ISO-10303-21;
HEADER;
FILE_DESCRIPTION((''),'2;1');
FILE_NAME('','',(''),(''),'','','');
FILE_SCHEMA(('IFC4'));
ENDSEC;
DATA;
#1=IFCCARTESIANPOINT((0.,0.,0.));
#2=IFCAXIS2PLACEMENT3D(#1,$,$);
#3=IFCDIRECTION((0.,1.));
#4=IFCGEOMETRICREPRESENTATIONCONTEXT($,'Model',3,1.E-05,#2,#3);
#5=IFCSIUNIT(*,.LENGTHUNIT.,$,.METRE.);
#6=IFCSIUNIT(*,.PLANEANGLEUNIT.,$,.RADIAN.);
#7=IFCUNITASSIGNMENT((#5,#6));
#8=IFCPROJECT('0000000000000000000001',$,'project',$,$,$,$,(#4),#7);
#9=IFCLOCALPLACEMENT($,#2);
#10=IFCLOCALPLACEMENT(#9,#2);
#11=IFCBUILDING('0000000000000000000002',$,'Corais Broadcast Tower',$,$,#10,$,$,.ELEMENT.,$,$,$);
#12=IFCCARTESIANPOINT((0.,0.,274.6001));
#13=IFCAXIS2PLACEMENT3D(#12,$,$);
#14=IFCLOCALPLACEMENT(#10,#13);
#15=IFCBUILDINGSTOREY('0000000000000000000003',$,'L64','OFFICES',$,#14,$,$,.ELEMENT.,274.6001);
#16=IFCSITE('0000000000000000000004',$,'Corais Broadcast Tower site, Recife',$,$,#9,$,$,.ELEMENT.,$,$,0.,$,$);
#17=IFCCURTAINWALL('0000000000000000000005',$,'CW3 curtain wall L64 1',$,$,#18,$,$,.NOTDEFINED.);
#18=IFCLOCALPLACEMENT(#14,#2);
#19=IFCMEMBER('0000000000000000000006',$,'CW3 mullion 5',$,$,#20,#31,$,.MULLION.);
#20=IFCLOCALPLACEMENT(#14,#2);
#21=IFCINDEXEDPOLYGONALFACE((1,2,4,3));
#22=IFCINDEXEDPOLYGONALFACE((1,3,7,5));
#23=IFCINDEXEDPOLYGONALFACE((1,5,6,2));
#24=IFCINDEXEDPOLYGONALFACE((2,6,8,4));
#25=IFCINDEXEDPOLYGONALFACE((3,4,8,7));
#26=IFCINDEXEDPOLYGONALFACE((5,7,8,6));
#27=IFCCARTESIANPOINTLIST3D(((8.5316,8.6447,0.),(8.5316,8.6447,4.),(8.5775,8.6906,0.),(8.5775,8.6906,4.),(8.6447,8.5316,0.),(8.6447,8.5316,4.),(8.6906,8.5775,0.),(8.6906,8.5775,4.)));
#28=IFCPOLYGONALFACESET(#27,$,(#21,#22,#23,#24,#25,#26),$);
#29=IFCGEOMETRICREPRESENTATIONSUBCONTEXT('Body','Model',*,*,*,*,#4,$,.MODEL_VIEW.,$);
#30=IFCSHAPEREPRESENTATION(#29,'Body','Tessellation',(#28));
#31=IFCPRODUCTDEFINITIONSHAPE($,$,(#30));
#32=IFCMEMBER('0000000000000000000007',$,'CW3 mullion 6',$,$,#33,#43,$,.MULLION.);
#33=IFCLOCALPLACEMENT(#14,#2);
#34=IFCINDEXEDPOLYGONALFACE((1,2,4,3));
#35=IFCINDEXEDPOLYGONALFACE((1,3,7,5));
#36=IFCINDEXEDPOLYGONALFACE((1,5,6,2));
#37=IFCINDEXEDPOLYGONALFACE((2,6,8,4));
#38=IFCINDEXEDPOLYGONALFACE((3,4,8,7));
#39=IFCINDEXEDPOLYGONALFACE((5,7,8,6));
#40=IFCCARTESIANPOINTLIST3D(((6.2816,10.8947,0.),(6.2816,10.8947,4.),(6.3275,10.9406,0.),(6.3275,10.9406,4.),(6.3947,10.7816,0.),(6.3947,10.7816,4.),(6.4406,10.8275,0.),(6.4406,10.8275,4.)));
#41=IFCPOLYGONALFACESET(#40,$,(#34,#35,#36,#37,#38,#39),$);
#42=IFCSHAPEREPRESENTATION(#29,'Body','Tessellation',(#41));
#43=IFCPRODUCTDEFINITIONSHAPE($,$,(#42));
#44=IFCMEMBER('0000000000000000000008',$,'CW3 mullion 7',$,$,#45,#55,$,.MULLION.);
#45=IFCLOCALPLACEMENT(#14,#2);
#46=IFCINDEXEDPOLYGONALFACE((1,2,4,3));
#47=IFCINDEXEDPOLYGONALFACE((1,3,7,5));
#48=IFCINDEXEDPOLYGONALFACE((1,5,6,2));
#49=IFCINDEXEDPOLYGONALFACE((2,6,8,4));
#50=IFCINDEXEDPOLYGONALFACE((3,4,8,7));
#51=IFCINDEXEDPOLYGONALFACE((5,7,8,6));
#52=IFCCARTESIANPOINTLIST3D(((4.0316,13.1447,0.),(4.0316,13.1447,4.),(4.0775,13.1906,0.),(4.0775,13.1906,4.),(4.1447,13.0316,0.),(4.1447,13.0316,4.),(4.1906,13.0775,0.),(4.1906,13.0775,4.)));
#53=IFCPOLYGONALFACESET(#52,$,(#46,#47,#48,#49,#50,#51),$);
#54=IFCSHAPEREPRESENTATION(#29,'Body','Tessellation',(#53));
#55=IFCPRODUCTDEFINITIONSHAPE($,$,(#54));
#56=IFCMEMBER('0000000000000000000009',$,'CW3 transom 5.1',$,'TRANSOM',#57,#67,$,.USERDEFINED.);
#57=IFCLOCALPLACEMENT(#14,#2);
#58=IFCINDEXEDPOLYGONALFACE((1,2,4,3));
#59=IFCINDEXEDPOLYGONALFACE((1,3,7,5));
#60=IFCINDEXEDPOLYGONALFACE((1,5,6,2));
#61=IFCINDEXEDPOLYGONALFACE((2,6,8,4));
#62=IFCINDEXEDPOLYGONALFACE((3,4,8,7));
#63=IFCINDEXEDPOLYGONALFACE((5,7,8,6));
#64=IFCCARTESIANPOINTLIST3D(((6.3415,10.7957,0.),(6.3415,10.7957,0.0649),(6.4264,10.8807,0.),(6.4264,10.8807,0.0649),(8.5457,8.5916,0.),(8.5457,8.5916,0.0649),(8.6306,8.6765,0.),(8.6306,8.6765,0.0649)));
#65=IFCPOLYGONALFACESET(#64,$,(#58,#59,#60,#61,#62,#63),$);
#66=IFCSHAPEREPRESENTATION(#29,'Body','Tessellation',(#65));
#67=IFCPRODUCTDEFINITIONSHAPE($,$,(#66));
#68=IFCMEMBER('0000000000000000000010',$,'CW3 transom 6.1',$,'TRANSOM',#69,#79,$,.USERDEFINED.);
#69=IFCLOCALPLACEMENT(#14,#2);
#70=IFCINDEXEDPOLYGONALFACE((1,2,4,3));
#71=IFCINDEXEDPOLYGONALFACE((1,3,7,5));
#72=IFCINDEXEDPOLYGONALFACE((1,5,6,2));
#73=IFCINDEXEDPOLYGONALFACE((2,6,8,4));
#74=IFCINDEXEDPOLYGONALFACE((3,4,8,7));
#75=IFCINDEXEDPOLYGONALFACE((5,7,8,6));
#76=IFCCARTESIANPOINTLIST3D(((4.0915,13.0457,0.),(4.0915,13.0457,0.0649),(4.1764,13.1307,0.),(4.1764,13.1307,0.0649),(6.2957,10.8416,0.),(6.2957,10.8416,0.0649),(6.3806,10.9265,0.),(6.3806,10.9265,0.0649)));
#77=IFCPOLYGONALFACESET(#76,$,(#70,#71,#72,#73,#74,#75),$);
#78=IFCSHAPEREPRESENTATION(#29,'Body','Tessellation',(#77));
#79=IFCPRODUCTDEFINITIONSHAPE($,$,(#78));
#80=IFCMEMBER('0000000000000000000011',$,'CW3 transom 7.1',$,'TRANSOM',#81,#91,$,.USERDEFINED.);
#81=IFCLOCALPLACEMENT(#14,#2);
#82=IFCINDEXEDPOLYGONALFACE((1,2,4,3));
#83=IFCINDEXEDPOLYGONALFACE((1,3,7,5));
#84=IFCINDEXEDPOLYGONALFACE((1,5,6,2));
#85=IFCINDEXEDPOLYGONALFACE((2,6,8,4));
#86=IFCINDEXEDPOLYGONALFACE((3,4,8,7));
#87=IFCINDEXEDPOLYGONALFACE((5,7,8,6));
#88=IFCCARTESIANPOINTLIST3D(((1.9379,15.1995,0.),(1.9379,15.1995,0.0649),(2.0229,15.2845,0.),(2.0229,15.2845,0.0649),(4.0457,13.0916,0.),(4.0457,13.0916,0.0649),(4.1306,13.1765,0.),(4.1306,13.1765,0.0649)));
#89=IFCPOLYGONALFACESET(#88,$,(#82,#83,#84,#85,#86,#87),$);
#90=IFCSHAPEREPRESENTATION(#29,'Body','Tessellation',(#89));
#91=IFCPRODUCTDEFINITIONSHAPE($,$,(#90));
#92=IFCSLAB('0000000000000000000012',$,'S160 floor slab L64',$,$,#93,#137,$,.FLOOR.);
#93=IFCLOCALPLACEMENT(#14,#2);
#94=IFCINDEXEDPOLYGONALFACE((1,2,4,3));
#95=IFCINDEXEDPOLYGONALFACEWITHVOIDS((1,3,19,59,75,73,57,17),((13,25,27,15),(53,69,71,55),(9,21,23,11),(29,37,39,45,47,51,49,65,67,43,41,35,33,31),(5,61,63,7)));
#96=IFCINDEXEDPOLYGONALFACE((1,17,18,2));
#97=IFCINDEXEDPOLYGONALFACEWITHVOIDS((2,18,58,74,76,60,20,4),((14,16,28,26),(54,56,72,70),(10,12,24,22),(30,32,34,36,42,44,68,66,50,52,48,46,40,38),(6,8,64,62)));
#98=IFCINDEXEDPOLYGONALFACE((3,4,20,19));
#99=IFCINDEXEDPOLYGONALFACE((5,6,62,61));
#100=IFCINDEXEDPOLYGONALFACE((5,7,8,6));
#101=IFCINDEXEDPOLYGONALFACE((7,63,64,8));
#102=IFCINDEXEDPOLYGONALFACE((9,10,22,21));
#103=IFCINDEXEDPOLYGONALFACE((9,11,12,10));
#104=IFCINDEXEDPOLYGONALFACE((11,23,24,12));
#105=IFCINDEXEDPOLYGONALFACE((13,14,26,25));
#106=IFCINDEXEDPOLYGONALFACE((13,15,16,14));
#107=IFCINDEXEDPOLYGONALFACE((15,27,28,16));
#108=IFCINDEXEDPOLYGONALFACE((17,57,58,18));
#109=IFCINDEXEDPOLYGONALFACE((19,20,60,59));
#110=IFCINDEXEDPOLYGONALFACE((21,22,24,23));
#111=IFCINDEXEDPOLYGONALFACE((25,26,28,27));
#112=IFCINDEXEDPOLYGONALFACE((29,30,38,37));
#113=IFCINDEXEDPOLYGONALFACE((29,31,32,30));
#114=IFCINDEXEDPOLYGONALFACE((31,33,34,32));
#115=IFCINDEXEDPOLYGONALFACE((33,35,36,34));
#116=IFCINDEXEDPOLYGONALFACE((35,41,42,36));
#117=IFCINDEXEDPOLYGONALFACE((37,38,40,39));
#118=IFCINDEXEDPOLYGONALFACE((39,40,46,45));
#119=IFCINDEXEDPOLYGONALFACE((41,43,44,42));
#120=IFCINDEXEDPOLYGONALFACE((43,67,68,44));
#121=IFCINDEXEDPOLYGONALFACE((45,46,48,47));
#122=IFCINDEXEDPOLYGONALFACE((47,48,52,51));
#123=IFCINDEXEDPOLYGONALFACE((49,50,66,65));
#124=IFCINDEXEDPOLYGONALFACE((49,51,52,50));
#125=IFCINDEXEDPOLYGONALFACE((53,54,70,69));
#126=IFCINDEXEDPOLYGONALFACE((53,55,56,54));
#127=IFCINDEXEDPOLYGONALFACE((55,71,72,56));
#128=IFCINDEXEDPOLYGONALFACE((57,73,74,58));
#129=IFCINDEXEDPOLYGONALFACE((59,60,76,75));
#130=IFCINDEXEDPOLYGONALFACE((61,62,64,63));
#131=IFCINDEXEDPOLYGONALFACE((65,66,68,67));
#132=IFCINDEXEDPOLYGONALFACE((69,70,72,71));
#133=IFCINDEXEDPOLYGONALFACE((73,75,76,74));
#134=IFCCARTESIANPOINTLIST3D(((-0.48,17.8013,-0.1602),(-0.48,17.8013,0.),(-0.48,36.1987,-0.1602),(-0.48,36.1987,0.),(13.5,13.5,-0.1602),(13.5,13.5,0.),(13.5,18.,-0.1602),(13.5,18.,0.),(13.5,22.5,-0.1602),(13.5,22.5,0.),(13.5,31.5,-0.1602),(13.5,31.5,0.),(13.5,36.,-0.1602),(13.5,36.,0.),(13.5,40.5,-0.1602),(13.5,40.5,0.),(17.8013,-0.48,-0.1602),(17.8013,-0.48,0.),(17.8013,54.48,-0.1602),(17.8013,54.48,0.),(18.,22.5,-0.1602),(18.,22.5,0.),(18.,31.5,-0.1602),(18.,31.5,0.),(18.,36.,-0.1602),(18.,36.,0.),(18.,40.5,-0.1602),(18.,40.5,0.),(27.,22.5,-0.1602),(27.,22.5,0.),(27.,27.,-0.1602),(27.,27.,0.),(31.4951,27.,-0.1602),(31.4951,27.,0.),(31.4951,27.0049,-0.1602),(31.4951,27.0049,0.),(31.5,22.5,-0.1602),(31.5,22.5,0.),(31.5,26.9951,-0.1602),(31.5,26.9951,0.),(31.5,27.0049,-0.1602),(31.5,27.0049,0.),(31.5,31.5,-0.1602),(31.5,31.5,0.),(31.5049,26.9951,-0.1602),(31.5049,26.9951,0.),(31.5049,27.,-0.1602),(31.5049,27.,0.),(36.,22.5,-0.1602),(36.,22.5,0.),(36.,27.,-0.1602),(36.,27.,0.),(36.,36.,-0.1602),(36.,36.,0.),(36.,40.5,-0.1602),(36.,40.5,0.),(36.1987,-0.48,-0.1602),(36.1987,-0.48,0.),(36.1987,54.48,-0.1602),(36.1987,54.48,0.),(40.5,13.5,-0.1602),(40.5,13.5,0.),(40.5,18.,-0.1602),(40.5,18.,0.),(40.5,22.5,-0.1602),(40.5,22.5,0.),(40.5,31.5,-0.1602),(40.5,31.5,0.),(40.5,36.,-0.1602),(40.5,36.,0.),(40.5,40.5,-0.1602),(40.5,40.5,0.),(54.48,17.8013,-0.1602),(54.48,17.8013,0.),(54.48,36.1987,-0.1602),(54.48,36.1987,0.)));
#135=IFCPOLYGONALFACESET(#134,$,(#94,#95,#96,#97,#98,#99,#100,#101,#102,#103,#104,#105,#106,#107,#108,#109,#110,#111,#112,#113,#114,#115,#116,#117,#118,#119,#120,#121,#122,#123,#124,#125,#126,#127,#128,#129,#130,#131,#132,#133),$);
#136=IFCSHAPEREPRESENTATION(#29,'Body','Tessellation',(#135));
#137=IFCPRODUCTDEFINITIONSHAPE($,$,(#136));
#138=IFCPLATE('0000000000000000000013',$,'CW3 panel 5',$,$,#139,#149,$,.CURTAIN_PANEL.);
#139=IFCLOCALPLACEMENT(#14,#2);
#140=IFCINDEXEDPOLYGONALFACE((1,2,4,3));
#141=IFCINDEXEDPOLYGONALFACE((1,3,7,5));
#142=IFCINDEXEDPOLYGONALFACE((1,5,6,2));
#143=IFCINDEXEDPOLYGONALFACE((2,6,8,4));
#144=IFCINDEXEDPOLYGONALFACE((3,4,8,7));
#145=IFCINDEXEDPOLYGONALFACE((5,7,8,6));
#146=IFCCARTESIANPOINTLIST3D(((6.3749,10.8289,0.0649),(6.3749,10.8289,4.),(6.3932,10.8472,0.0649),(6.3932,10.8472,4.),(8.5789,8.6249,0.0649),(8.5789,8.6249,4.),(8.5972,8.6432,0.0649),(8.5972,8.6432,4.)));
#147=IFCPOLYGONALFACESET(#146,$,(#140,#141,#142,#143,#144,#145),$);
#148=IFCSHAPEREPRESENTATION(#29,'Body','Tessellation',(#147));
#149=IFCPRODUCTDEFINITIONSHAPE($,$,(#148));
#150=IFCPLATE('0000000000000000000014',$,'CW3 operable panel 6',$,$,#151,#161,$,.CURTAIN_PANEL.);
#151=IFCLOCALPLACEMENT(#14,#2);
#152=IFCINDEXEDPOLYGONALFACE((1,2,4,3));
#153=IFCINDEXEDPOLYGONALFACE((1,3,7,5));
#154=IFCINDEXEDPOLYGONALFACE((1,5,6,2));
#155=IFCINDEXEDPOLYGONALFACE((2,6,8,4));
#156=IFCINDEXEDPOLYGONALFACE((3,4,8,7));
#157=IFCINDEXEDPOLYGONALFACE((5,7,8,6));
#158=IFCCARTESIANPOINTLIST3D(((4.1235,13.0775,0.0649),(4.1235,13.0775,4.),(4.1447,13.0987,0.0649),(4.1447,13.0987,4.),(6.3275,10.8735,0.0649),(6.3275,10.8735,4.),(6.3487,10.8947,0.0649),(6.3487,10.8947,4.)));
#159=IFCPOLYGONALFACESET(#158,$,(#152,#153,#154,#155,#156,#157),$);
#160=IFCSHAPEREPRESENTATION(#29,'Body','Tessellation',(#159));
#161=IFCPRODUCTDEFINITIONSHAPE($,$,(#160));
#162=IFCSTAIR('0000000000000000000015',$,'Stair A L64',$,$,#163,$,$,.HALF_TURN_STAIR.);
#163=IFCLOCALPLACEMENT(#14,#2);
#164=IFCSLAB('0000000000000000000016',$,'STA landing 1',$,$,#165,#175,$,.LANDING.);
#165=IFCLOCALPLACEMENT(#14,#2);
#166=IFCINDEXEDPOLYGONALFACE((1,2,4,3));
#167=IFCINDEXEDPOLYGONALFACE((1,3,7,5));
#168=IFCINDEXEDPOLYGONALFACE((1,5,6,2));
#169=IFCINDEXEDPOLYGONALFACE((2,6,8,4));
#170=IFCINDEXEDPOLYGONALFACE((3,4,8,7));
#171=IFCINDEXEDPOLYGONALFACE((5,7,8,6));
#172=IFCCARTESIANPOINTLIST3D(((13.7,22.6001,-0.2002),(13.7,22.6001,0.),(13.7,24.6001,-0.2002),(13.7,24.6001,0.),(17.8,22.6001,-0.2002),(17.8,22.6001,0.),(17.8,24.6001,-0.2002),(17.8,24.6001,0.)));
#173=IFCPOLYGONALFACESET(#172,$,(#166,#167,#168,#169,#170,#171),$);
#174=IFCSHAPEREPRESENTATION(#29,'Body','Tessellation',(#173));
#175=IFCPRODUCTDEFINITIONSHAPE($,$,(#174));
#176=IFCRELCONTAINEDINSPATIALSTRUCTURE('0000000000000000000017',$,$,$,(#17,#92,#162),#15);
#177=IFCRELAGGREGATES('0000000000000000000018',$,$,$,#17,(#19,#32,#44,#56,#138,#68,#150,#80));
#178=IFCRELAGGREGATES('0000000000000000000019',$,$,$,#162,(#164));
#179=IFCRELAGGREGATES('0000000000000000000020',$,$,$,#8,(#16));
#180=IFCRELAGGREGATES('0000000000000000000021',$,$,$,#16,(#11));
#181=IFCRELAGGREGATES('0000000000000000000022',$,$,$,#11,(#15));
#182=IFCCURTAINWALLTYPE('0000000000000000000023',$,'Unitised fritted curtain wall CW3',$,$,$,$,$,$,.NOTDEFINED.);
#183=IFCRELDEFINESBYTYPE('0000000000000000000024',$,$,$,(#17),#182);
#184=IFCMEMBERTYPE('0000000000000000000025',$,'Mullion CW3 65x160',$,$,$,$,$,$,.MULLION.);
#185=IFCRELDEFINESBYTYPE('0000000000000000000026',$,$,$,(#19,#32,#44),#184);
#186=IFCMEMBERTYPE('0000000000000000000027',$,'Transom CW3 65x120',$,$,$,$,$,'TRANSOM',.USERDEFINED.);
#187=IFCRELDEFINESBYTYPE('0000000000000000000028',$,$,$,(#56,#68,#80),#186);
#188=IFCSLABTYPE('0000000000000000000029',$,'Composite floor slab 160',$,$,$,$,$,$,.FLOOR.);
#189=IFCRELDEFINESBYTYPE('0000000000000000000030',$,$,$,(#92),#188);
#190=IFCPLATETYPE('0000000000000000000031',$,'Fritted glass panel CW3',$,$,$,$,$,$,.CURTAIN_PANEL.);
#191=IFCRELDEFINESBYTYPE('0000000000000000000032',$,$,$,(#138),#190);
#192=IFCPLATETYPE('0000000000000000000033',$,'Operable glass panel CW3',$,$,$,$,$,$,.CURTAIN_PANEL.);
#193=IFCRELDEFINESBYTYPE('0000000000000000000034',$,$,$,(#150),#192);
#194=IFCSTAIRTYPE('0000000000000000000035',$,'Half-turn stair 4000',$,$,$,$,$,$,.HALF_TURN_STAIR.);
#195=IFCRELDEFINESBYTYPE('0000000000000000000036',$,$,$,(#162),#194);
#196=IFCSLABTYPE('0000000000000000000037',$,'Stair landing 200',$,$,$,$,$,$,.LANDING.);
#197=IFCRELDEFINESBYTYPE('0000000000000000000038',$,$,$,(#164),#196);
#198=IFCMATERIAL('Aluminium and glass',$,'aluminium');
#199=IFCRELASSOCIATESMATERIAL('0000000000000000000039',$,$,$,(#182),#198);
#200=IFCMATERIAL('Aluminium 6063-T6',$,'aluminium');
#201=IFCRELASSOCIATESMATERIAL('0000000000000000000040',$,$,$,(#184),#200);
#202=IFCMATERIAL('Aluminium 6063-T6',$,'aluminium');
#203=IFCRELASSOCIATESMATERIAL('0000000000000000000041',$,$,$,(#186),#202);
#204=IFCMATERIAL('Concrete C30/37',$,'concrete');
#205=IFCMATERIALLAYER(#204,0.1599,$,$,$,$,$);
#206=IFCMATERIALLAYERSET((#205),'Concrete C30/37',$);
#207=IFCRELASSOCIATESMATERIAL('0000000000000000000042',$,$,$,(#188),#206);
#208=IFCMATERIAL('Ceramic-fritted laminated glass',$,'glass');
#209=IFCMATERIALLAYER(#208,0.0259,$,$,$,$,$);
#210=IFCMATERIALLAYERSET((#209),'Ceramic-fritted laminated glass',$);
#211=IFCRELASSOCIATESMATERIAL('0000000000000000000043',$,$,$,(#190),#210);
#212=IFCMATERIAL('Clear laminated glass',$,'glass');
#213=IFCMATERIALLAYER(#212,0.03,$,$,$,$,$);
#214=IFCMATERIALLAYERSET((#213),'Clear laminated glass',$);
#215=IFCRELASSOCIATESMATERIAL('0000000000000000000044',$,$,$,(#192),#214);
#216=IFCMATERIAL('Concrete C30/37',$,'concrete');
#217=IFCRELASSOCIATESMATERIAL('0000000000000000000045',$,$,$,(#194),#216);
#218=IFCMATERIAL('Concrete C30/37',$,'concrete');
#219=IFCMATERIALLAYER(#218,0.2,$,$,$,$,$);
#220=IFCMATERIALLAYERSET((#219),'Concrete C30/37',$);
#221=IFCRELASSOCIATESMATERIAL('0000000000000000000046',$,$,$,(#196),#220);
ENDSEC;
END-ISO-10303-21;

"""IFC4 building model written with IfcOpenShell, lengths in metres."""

from ifc_helpers import new_model, si_unit, direction, frame, origin, origin_2d, place, context, subcontext, project, spatial, polyline, rectangle, outline, extrude, material, layer, layer_set, material_profile, profile_set, type_object, element, aggregate, save


model = new_model("IFC4")

# Units and contexts
model_context = context("Model", 3, precision=1e-05, world=origin(), true_north=direction((0.0, 1.0)))
body_context = subcontext(model_context, "Body", "Model", "MODEL_VIEW")
ifc_project = project(units=[si_unit("LENGTHUNIT", "METRE"), si_unit("PLANEANGLEUNIT", "RADIAN")], contexts=[model_context])

# Site, building, storey
site_placement = place(None, origin())
site = spatial("IfcSite", under=ifc_project, at=site_placement, Name="Corais Broadcast Tower site, Recife", CompositionType="ELEMENT", RefElevation=0.0)
building_placement = place(site_placement, origin())
building = spatial("IfcBuilding", under=site, at=building_placement, Name="Corais Broadcast Tower", CompositionType="ELEMENT")
storey_placement = place(building_placement, frame((0.0, 0.0, 274.6001)))
storey = spatial("IfcBuildingStorey", under=building, at=storey_placement, Name="L64", Description="OFFICES", CompositionType="ELEMENT", Elevation=274.6001)

# Curtain wall, members
ifc_material_1 = material(Name="Aluminium and glass", Category="aluminium")
curtain_wall_type = type_object("IfcCurtainWallType", Name="Unitised fritted curtain wall CW3", PredefinedType="NOTDEFINED", material=ifc_material_1)
curtain_wall_placement = place(storey_placement, origin())
curtain_wall = element("IfcCurtainWall", 1, at=curtain_wall_placement, inside=storey, type_object=curtain_wall_type, Name="CW3 curtain wall L64 1", PredefinedType="NOTDEFINED")
ifc_material_2 = material(Name="Aluminium 6063-T6", Category="aluminium")
ifc_material_profile_1 = material_profile(ifc_material_2, rectangle(XDim=0.0649, YDim=0.1599, at=origin_2d()), Name="Mullion CW3 65x160")
ifc_profile_set_1 = profile_set([ifc_material_profile_1], Name="Aluminium 6063-T6")
member_type_1 = type_object("IfcMemberType", Name="Mullion CW3 65x160", PredefinedType="MULLION", material=ifc_profile_set_1)
member_1_placement = place(storey_placement, frame((8.6111, 8.6111, 0.0), z_axis=(0.0, 0.0, 1.0), x_axis=(-0.707107, -0.707107, 0.0)))
member_1 = element("IfcMember", 2, at=member_1_placement, type_object=member_type_1, Name="CW3 mullion 5", PredefinedType="MULLION", context=body_context, shape_type="SweptSolid", body=[
    extrude(rectangle(XDim=0.0649, YDim=0.1599, at=origin_2d()), origin(), (0.0, 0.0, 1.0), 4.0),
])
member_2_placement = place(storey_placement, frame((6.3611, 10.8611, 0.0), z_axis=(0.0, 0.0, 1.0), x_axis=(-0.707107, -0.707107, 0.0)))
member_2 = element("IfcMember", 3, at=member_2_placement, type_object=member_type_1, Name="CW3 mullion 6", PredefinedType="MULLION", context=body_context, shape_type="SweptSolid", body=[
    extrude(rectangle(XDim=0.0649, YDim=0.1599, at=origin_2d()), origin(), (0.0, 0.0, 1.0), 4.0),
])
member_3_placement = place(storey_placement, frame((4.1111, 13.1111, 0.0), z_axis=(0.0, 0.0, 1.0), x_axis=(-0.707107, -0.707107, 0.0)))
member_3 = element("IfcMember", 4, at=member_3_placement, type_object=member_type_1, Name="CW3 mullion 7", PredefinedType="MULLION", context=body_context, shape_type="SweptSolid", body=[
    extrude(rectangle(XDim=0.0649, YDim=0.1599, at=origin_2d()), origin(), (0.0, 0.0, 1.0), 4.0),
])
ifc_material_3 = material(Name="Aluminium 6063-T6", Category="aluminium")
ifc_material_profile_2 = material_profile(ifc_material_3, rectangle(XDim=0.1201, YDim=0.0649, at=origin_2d()), Name="Transom CW3 65x120")
ifc_profile_set_2 = profile_set([ifc_material_profile_2], Name="Aluminium 6063-T6")
member_type_2 = type_object("IfcMemberType", Name="Transom CW3 65x120", ElementType="TRANSOM", PredefinedType="USERDEFINED", material=ifc_profile_set_2)
member_4_placement = place(storey_placement, frame((8.5881, 8.634, 0.0325), z_axis=(-0.707107, 0.707107, 0.0), x_axis=(-0.707107, -0.707107, 0.0)))
member_4 = element("IfcMember", 5, at=member_4_placement, type_object=member_type_2, Name="CW3 transom 5.1", ObjectType="TRANSOM", PredefinedType="USERDEFINED", context=body_context, shape_type="SweptSolid", body=[
    extrude(rectangle(XDim=0.1201, YDim=0.0649, at=origin_2d()), origin(), (0.0, 0.0, 1.0), 3.1172),
])
member_5_placement = place(storey_placement, frame((6.3381, 10.884, 0.0325), z_axis=(-0.707107, 0.707107, 0.0), x_axis=(-0.707107, -0.707107, 0.0)))
member_5 = element("IfcMember", 6, at=member_5_placement, type_object=member_type_2, Name="CW3 transom 6.1", ObjectType="TRANSOM", PredefinedType="USERDEFINED", context=body_context, shape_type="SweptSolid", body=[
    extrude(rectangle(XDim=0.1201, YDim=0.0649, at=origin_2d()), origin(), (0.0, 0.0, 1.0), 3.1172),
])
member_6_placement = place(storey_placement, frame((4.0881, 13.134, 0.0325), z_axis=(-0.707066, 0.707148, 0.0), x_axis=(-0.707148, -0.707066, 0.0)))
member_6 = element("IfcMember", 7, at=member_6_placement, type_object=member_type_2, Name="CW3 transom 7.1", ObjectType="TRANSOM", PredefinedType="USERDEFINED", context=body_context, shape_type="SweptSolid", body=[
    extrude(rectangle(XDim=0.1201, YDim=0.0649, at=origin_2d()), origin(), (0.0, 0.0, 1.0), 2.981),
])

# Slab
ifc_material_4 = material(Name="Concrete C30/37", Category="concrete")
ifc_layer_1 = layer(ifc_material_4, 0.1599)
ifc_layer_set_1 = layer_set([ifc_layer_1], Name="Concrete C30/37")
slab_type_1 = type_object("IfcSlabType", Name="Composite floor slab 160", PredefinedType="FLOOR", material=ifc_layer_set_1)
slab_1_placement = place(storey_placement, frame((0.0, 0.0, -0.1602)))
element("IfcSlab", 8, at=slab_1_placement, inside=storey, type_object=slab_type_1, Name="S160 floor slab L64", PredefinedType="FLOOR", context=body_context, shape_type="SweptSolid", body=[
    extrude(outline(polyline([(17.8013, -0.48), (-0.48, 17.8013), (-0.48, 36.1987), (17.8013, 54.48), (36.1987, 54.48), (54.48, 36.1987), (54.48, 17.8013), (36.1987, -0.48), (17.8013, -0.48)]), holes=[polyline([(13.5, 18.0), (40.5, 18.0), (40.5, 13.5), (13.5, 13.5), (13.5, 18.0)]), polyline([(18.0, 22.5), (13.5, 22.5), (13.5, 31.5), (18.0, 31.5), (18.0, 22.5)]), polyline([(18.0, 36.0), (13.5, 36.0), (13.5, 40.5), (18.0, 40.5), (18.0, 36.0)]), polyline([(31.5, 22.5), (27.0, 22.5), (27.0, 27.0), (31.4951, 27.0), (31.4951, 27.0049), (31.5, 27.0049), (31.5, 31.5), (40.5, 31.5), (40.5, 22.5), (36.0, 22.5), (36.0, 27.0), (31.5049, 27.0), (31.5049, 26.9951), (31.5, 26.9951), (31.5, 22.5)]), polyline([(40.5, 36.0), (36.0, 36.0), (36.0, 40.5), (40.5, 40.5), (40.5, 36.0)])]), origin(), (0.0, 0.0, 1.0), 0.1602),
])

# Plates
ifc_material_5 = material(Name="Ceramic-fritted laminated glass", Category="glass")
ifc_layer_2 = layer(ifc_material_5, 0.0259)
ifc_layer_set_2 = layer_set([ifc_layer_2], Name="Ceramic-fritted laminated glass")
plate_type_1 = type_object("IfcPlateType", Name="Fritted glass panel CW3", PredefinedType="CURTAIN_PANEL", material=ifc_layer_set_2)
plate_1_placement = place(storey_placement, frame((7.4861, 9.7361, 0.0649), z_axis=(0.0, 0.0, 1.0), x_axis=(-0.707107, 0.707107, 0.0)))
plate_1 = element("IfcPlate", 9, at=plate_1_placement, type_object=plate_type_1, Name="CW3 panel 5", PredefinedType="CURTAIN_PANEL", context=body_context, shape_type="SweptSolid", body=[
    extrude(rectangle(XDim=3.1169, YDim=0.0259, at=origin_2d()), origin(), (0.0, 0.0, 1.0), 3.9351),
])
ifc_material_6 = material(Name="Clear laminated glass", Category="glass")
ifc_layer_3 = layer(ifc_material_6, 0.03)
ifc_layer_set_3 = layer_set([ifc_layer_3], Name="Clear laminated glass")
plate_type_2 = type_object("IfcPlateType", Name="Operable glass panel CW3", PredefinedType="CURTAIN_PANEL", material=ifc_layer_set_3)
plate_2_placement = place(storey_placement, frame((5.2361, 11.9861, 0.0649), z_axis=(0.0, 0.0, 1.0), x_axis=(-0.707107, 0.707107, 0.0)))
plate_2 = element("IfcPlate", 10, at=plate_2_placement, type_object=plate_type_2, Name="CW3 operable panel 6", PredefinedType="CURTAIN_PANEL", context=body_context, shape_type="SweptSolid", body=[
    extrude(rectangle(XDim=3.1169, YDim=0.03, at=origin_2d()), origin(), (0.0, 0.0, 1.0), 3.9351),
])
aggregate(curtain_wall, [member_1, member_2, member_3, member_4, plate_1, member_5, plate_2, member_6])

# Stair, slab
ifc_material_7 = material(Name="Concrete C30/37", Category="concrete")
stair_type = type_object("IfcStairType", Name="Half-turn stair 4000", PredefinedType="HALF_TURN_STAIR", material=ifc_material_7)
stair_1_placement = place(storey_placement, origin())
stair_1 = element("IfcStair", 11, at=stair_1_placement, inside=storey, type_object=stair_type, Name="Stair A L64", PredefinedType="HALF_TURN_STAIR")
ifc_material_8 = material(Name="Concrete C30/37", Category="concrete")
ifc_layer_4 = layer(ifc_material_8, 0.2)
ifc_layer_set_4 = layer_set([ifc_layer_4], Name="Concrete C30/37")
slab_type_2 = type_object("IfcSlabType", Name="Stair landing 200", PredefinedType="LANDING", material=ifc_layer_set_4)
slab_2_placement = place(storey_placement, frame((0.0, 0.0, -0.2002)))
slab_2 = element("IfcSlab", 12, at=slab_2_placement, type_object=slab_type_2, Name="STA landing 1", PredefinedType="LANDING", context=body_context, shape_type="SweptSolid", body=[
    extrude(outline(polyline([(13.7, 22.6001), (17.8, 22.6001), (17.8, 24.6001), (13.7, 24.6001), (13.7, 22.6001)])), origin(), (0.0, 0.0, 1.0), 0.2002),
])
aggregate(stair_1, [slab_2])

save(model, "model.ifc")
